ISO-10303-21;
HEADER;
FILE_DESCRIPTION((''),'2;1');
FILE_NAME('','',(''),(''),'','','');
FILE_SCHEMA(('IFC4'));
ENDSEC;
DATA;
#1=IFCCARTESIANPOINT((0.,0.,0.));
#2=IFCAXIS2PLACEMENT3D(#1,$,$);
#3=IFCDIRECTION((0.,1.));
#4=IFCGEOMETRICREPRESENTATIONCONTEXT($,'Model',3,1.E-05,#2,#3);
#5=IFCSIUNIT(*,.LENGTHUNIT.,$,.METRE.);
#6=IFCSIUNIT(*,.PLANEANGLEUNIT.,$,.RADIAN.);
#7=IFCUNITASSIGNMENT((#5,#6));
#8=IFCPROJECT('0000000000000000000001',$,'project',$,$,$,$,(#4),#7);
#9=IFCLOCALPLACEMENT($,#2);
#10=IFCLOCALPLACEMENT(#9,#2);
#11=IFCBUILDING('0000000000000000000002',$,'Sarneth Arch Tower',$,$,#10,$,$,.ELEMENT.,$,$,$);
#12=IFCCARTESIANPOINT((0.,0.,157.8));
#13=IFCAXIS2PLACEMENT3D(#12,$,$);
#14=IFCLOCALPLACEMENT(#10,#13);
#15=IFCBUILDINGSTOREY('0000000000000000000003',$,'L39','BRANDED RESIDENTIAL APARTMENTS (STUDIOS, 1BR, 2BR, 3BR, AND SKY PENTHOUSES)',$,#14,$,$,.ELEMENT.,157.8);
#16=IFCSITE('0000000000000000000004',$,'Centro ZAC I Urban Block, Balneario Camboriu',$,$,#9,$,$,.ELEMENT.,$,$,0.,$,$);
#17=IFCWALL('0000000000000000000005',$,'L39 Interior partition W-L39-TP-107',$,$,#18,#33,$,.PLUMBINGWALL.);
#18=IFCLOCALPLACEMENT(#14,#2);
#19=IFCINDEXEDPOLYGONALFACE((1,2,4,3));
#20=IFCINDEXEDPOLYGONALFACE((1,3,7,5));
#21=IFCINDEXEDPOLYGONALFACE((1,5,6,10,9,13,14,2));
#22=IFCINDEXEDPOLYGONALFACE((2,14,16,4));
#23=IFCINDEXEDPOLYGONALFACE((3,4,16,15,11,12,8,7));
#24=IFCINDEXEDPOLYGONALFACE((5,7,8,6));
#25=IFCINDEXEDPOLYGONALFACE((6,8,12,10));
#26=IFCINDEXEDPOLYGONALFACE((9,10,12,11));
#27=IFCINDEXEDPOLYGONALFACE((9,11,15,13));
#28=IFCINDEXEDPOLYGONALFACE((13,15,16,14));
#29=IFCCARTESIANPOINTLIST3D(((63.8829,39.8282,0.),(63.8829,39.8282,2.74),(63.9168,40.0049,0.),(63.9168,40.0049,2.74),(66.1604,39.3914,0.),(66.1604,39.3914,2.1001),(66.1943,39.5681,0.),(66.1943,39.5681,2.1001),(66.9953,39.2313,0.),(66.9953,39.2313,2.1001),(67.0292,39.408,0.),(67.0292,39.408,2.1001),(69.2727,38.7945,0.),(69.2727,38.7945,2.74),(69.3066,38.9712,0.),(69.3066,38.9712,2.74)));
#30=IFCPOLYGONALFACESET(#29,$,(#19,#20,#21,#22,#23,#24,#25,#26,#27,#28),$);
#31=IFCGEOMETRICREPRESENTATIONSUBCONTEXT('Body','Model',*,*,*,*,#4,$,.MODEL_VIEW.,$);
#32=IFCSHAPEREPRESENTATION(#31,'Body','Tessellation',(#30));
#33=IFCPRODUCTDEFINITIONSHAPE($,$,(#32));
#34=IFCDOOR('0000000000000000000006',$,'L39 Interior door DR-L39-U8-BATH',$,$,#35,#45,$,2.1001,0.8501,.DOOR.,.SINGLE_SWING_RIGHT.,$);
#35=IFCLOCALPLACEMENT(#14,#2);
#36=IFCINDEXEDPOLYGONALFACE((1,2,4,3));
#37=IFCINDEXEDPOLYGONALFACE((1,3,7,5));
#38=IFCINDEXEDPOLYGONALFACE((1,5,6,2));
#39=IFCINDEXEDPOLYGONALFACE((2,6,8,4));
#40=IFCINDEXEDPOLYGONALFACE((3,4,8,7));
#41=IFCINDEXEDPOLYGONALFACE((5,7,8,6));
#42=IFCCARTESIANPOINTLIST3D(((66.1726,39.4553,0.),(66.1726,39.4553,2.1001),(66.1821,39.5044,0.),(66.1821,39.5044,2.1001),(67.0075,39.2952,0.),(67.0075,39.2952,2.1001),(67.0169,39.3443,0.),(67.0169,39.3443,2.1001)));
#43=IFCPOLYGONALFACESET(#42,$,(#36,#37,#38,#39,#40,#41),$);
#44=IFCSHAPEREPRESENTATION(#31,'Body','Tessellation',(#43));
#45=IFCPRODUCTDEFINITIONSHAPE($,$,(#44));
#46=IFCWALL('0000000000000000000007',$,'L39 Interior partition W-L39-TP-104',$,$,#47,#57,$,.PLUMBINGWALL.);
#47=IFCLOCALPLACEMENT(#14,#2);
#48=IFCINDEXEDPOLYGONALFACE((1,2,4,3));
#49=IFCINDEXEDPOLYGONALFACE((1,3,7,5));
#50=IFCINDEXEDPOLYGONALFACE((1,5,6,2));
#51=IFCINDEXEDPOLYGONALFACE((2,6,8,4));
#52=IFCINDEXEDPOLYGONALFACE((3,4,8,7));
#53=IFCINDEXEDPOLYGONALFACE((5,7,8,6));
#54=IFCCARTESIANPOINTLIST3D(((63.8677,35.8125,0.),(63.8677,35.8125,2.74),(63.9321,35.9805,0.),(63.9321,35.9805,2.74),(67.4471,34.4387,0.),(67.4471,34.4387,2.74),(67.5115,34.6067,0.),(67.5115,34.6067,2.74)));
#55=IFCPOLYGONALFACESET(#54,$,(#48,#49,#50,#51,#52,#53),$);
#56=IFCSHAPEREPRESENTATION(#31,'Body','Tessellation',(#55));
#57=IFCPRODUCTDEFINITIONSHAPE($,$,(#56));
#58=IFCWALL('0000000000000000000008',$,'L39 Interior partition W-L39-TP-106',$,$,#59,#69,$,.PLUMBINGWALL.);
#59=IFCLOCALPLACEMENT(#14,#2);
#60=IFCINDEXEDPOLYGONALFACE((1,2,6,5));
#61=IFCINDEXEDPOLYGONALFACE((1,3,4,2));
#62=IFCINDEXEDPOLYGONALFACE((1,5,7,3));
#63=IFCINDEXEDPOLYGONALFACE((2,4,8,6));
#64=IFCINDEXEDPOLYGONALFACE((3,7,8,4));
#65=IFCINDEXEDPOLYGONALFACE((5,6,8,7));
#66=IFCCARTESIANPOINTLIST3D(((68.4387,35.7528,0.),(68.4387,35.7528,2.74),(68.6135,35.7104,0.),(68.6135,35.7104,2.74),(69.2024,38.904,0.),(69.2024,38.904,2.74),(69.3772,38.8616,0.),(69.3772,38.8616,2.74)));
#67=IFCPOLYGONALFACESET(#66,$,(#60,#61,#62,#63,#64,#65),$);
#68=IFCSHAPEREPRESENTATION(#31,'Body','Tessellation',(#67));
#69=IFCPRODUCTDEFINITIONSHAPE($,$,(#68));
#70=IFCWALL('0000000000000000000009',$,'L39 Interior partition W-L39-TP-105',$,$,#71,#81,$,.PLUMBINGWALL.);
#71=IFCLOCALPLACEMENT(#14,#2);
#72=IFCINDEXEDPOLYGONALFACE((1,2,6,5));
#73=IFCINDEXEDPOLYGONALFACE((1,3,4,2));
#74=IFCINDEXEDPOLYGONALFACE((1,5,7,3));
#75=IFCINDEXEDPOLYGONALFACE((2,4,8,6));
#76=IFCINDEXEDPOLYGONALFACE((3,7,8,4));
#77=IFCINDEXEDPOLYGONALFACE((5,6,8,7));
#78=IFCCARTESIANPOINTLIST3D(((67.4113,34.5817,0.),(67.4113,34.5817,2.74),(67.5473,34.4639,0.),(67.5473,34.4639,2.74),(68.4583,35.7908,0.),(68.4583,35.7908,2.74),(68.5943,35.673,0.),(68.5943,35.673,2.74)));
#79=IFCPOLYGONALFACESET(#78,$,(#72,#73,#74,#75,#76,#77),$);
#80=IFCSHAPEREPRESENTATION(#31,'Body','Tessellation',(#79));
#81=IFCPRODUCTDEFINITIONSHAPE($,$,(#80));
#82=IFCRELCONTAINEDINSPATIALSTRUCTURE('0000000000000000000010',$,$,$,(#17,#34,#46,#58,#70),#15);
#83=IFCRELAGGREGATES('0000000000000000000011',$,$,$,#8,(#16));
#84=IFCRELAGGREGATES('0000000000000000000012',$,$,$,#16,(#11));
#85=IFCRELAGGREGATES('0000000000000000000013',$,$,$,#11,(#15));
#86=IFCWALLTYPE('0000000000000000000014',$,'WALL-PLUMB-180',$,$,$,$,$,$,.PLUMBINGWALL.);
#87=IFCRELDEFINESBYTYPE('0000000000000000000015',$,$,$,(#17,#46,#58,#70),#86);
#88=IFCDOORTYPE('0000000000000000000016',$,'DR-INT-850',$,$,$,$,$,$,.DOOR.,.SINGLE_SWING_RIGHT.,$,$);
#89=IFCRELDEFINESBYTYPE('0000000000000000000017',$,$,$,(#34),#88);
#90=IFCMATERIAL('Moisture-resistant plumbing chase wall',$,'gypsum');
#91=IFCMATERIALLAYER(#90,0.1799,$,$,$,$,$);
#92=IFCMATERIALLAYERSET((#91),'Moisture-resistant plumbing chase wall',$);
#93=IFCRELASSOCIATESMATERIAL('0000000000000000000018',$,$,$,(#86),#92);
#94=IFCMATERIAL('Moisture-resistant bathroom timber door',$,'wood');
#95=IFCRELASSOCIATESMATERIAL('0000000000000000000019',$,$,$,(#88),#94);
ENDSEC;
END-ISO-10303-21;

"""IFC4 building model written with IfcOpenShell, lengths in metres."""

from ifc_helpers import new_model, si_unit, direction, frame, frame_2d, origin, place, context, subcontext, project, spatial, rectangle, extrude, material, layer, layer_set, type_object, element, fill, save


model = new_model("IFC4")

# Units and contexts
model_context = context("Model", 3, precision=1e-05, world=origin(), true_north=direction((0.0, 1.0)))
body_context = subcontext(model_context, "Body", "Model", "MODEL_VIEW")
ifc_project = project(units=[si_unit("LENGTHUNIT", "METRE"), si_unit("PLANEANGLEUNIT", "RADIAN")], contexts=[model_context])

# Site, building, storey
site_placement = place(None, origin())
site = spatial("IfcSite", under=ifc_project, at=site_placement, Name="Centro ZAC I Urban Block, Balneario Camboriu", CompositionType="ELEMENT", RefElevation=0.0)
building_placement = place(site_placement, origin())
building = spatial("IfcBuilding", under=site, at=building_placement, Name="Sarneth Arch Tower", CompositionType="ELEMENT")
storey_placement = place(building_placement, frame((0.0, 0.0, 157.8)))
storey = spatial("IfcBuildingStorey", under=building, at=storey_placement, Name="L39", Description="BRANDED RESIDENTIAL APARTMENTS (STUDIOS, 1BR, 2BR, 3BR, AND SKY PENTHOUSES)", CompositionType="ELEMENT", Elevation=157.8)

# Wall, opening, door
ifc_material_1 = material(Name="Moisture-resistant plumbing chase wall", Category="gypsum")
ifc_layer_1 = layer(ifc_material_1, 0.1799)
ifc_layer_set_1 = layer_set([ifc_layer_1], Name="Moisture-resistant plumbing chase wall")
wall_type_1 = type_object("IfcWallType", Name="WALL-PLUMB-180", PredefinedType="PLUMBINGWALL", material=ifc_layer_set_1)
wall_1_placement = place(storey_placement, frame((69.2898, 38.8828, 0.0), z_axis=(0.0, 0.0, 1.0), x_axis=(-0.982102, 0.188351, 0.0)))
wall_1 = element("IfcWall", 1, at=wall_1_placement, inside=storey, type_object=wall_type_1, Name="L39 Interior partition W-L39-TP-107", PredefinedType="PLUMBINGWALL", context=body_context, shape_type="SweptSolid", body=[
    extrude(rectangle(XDim=5.488, YDim=0.1799, at=frame_2d((2.7441, 0.0))), origin(), (0.0, 0.0, 1.0), 2.74),
])
opening_1_placement = place(wall_1_placement, frame((2.3191, 0.0, 0.0)))
opening_1 = element("IfcOpeningElement", 2, at=opening_1_placement, cuts=wall_1, PredefinedType="OPENING", context=body_context, shape_type="SweptSolid", body=[
    extrude(rectangle(XDim=0.8501, YDim=2.1001, at=frame_2d((0.425, 1.05))), frame((0.0, 0.0999, 0.0), z_axis=(0.0, -1.0, 0.0), x_axis=(1.0, 0.0, 0.0)), (0.0, 0.0, 1.0), 0.2),
])
ifc_material_2 = material(Name="Moisture-resistant bathroom timber door", Category="wood")
door_type_1 = type_object("IfcDoorType", Name="DR-INT-850", OperationType="SINGLE_SWING_RIGHT", PredefinedType="DOOR", material=ifc_material_2)
door_1_placement = place(opening_1_placement, origin())
door_1 = element("IfcDoor", 3, at=door_1_placement, inside=storey, type_object=door_type_1, Name="L39 Interior door DR-L39-U8-BATH", OperationType="SINGLE_SWING_RIGHT", OverallHeight=2.1001, OverallWidth=0.8501, PredefinedType="DOOR", context=body_context, shape_type="SweptSolid", body=[
    extrude(rectangle(XDim=0.8501, YDim=2.1001, at=frame_2d((0.425, 1.05))), frame((0.0, 0.0249, 0.0), z_axis=(0.0, -1.0, 0.0), x_axis=(1.0, 0.0, 0.0)), (0.0, 0.0, 1.0), 0.05),
])
fill(opening_1, door_1)

# Walls
wall_2_placement = place(storey_placement, frame((63.8999, 35.8965, 0.0), z_axis=(0.0, 0.0, 1.0), x_axis=(0.933598, -0.358322, 0.0)))
element("IfcWall", 4, at=wall_2_placement, inside=storey, type_object=wall_type_1, Name="L39 Interior partition W-L39-TP-104", PredefinedType="PLUMBINGWALL", context=body_context, shape_type="SweptSolid", body=[
    extrude(rectangle(XDim=3.834, YDim=0.1799, at=frame_2d((1.917, 0.0))), origin(), (0.0, 0.0, 1.0), 2.74),
])
wall_3_placement = place(storey_placement, frame((68.5261, 35.7317, 0.0), z_axis=(0.0, 0.0, 1.0), x_axis=(0.235531, 0.971867, 0.0)))
element("IfcWall", 5, at=wall_3_placement, inside=storey, type_object=wall_type_1, Name="L39 Interior partition W-L39-TP-106", PredefinedType="PLUMBINGWALL", context=body_context, shape_type="SweptSolid", body=[
    extrude(rectangle(XDim=3.2424, YDim=0.1799, at=frame_2d((1.6211, 0.0))), origin(), (0.0, 0.0, 1.0), 2.74),
])
wall_4_placement = place(storey_placement, frame((67.4792, 34.5227, 0.0), z_axis=(0.0, 0.0, 1.0), x_axis=(0.654605, 0.755971, 0.0)))
element("IfcWall", 6, at=wall_4_placement, inside=storey, type_object=wall_type_1, Name="L39 Interior partition W-L39-TP-105", PredefinedType="PLUMBINGWALL", context=body_context, shape_type="SweptSolid", body=[
    extrude(rectangle(XDim=1.5994, YDim=0.1799, at=frame_2d((0.7998, 0.0))), origin(), (0.0, 0.0, 1.0), 2.74),
])

save(model, "model.ifc")
